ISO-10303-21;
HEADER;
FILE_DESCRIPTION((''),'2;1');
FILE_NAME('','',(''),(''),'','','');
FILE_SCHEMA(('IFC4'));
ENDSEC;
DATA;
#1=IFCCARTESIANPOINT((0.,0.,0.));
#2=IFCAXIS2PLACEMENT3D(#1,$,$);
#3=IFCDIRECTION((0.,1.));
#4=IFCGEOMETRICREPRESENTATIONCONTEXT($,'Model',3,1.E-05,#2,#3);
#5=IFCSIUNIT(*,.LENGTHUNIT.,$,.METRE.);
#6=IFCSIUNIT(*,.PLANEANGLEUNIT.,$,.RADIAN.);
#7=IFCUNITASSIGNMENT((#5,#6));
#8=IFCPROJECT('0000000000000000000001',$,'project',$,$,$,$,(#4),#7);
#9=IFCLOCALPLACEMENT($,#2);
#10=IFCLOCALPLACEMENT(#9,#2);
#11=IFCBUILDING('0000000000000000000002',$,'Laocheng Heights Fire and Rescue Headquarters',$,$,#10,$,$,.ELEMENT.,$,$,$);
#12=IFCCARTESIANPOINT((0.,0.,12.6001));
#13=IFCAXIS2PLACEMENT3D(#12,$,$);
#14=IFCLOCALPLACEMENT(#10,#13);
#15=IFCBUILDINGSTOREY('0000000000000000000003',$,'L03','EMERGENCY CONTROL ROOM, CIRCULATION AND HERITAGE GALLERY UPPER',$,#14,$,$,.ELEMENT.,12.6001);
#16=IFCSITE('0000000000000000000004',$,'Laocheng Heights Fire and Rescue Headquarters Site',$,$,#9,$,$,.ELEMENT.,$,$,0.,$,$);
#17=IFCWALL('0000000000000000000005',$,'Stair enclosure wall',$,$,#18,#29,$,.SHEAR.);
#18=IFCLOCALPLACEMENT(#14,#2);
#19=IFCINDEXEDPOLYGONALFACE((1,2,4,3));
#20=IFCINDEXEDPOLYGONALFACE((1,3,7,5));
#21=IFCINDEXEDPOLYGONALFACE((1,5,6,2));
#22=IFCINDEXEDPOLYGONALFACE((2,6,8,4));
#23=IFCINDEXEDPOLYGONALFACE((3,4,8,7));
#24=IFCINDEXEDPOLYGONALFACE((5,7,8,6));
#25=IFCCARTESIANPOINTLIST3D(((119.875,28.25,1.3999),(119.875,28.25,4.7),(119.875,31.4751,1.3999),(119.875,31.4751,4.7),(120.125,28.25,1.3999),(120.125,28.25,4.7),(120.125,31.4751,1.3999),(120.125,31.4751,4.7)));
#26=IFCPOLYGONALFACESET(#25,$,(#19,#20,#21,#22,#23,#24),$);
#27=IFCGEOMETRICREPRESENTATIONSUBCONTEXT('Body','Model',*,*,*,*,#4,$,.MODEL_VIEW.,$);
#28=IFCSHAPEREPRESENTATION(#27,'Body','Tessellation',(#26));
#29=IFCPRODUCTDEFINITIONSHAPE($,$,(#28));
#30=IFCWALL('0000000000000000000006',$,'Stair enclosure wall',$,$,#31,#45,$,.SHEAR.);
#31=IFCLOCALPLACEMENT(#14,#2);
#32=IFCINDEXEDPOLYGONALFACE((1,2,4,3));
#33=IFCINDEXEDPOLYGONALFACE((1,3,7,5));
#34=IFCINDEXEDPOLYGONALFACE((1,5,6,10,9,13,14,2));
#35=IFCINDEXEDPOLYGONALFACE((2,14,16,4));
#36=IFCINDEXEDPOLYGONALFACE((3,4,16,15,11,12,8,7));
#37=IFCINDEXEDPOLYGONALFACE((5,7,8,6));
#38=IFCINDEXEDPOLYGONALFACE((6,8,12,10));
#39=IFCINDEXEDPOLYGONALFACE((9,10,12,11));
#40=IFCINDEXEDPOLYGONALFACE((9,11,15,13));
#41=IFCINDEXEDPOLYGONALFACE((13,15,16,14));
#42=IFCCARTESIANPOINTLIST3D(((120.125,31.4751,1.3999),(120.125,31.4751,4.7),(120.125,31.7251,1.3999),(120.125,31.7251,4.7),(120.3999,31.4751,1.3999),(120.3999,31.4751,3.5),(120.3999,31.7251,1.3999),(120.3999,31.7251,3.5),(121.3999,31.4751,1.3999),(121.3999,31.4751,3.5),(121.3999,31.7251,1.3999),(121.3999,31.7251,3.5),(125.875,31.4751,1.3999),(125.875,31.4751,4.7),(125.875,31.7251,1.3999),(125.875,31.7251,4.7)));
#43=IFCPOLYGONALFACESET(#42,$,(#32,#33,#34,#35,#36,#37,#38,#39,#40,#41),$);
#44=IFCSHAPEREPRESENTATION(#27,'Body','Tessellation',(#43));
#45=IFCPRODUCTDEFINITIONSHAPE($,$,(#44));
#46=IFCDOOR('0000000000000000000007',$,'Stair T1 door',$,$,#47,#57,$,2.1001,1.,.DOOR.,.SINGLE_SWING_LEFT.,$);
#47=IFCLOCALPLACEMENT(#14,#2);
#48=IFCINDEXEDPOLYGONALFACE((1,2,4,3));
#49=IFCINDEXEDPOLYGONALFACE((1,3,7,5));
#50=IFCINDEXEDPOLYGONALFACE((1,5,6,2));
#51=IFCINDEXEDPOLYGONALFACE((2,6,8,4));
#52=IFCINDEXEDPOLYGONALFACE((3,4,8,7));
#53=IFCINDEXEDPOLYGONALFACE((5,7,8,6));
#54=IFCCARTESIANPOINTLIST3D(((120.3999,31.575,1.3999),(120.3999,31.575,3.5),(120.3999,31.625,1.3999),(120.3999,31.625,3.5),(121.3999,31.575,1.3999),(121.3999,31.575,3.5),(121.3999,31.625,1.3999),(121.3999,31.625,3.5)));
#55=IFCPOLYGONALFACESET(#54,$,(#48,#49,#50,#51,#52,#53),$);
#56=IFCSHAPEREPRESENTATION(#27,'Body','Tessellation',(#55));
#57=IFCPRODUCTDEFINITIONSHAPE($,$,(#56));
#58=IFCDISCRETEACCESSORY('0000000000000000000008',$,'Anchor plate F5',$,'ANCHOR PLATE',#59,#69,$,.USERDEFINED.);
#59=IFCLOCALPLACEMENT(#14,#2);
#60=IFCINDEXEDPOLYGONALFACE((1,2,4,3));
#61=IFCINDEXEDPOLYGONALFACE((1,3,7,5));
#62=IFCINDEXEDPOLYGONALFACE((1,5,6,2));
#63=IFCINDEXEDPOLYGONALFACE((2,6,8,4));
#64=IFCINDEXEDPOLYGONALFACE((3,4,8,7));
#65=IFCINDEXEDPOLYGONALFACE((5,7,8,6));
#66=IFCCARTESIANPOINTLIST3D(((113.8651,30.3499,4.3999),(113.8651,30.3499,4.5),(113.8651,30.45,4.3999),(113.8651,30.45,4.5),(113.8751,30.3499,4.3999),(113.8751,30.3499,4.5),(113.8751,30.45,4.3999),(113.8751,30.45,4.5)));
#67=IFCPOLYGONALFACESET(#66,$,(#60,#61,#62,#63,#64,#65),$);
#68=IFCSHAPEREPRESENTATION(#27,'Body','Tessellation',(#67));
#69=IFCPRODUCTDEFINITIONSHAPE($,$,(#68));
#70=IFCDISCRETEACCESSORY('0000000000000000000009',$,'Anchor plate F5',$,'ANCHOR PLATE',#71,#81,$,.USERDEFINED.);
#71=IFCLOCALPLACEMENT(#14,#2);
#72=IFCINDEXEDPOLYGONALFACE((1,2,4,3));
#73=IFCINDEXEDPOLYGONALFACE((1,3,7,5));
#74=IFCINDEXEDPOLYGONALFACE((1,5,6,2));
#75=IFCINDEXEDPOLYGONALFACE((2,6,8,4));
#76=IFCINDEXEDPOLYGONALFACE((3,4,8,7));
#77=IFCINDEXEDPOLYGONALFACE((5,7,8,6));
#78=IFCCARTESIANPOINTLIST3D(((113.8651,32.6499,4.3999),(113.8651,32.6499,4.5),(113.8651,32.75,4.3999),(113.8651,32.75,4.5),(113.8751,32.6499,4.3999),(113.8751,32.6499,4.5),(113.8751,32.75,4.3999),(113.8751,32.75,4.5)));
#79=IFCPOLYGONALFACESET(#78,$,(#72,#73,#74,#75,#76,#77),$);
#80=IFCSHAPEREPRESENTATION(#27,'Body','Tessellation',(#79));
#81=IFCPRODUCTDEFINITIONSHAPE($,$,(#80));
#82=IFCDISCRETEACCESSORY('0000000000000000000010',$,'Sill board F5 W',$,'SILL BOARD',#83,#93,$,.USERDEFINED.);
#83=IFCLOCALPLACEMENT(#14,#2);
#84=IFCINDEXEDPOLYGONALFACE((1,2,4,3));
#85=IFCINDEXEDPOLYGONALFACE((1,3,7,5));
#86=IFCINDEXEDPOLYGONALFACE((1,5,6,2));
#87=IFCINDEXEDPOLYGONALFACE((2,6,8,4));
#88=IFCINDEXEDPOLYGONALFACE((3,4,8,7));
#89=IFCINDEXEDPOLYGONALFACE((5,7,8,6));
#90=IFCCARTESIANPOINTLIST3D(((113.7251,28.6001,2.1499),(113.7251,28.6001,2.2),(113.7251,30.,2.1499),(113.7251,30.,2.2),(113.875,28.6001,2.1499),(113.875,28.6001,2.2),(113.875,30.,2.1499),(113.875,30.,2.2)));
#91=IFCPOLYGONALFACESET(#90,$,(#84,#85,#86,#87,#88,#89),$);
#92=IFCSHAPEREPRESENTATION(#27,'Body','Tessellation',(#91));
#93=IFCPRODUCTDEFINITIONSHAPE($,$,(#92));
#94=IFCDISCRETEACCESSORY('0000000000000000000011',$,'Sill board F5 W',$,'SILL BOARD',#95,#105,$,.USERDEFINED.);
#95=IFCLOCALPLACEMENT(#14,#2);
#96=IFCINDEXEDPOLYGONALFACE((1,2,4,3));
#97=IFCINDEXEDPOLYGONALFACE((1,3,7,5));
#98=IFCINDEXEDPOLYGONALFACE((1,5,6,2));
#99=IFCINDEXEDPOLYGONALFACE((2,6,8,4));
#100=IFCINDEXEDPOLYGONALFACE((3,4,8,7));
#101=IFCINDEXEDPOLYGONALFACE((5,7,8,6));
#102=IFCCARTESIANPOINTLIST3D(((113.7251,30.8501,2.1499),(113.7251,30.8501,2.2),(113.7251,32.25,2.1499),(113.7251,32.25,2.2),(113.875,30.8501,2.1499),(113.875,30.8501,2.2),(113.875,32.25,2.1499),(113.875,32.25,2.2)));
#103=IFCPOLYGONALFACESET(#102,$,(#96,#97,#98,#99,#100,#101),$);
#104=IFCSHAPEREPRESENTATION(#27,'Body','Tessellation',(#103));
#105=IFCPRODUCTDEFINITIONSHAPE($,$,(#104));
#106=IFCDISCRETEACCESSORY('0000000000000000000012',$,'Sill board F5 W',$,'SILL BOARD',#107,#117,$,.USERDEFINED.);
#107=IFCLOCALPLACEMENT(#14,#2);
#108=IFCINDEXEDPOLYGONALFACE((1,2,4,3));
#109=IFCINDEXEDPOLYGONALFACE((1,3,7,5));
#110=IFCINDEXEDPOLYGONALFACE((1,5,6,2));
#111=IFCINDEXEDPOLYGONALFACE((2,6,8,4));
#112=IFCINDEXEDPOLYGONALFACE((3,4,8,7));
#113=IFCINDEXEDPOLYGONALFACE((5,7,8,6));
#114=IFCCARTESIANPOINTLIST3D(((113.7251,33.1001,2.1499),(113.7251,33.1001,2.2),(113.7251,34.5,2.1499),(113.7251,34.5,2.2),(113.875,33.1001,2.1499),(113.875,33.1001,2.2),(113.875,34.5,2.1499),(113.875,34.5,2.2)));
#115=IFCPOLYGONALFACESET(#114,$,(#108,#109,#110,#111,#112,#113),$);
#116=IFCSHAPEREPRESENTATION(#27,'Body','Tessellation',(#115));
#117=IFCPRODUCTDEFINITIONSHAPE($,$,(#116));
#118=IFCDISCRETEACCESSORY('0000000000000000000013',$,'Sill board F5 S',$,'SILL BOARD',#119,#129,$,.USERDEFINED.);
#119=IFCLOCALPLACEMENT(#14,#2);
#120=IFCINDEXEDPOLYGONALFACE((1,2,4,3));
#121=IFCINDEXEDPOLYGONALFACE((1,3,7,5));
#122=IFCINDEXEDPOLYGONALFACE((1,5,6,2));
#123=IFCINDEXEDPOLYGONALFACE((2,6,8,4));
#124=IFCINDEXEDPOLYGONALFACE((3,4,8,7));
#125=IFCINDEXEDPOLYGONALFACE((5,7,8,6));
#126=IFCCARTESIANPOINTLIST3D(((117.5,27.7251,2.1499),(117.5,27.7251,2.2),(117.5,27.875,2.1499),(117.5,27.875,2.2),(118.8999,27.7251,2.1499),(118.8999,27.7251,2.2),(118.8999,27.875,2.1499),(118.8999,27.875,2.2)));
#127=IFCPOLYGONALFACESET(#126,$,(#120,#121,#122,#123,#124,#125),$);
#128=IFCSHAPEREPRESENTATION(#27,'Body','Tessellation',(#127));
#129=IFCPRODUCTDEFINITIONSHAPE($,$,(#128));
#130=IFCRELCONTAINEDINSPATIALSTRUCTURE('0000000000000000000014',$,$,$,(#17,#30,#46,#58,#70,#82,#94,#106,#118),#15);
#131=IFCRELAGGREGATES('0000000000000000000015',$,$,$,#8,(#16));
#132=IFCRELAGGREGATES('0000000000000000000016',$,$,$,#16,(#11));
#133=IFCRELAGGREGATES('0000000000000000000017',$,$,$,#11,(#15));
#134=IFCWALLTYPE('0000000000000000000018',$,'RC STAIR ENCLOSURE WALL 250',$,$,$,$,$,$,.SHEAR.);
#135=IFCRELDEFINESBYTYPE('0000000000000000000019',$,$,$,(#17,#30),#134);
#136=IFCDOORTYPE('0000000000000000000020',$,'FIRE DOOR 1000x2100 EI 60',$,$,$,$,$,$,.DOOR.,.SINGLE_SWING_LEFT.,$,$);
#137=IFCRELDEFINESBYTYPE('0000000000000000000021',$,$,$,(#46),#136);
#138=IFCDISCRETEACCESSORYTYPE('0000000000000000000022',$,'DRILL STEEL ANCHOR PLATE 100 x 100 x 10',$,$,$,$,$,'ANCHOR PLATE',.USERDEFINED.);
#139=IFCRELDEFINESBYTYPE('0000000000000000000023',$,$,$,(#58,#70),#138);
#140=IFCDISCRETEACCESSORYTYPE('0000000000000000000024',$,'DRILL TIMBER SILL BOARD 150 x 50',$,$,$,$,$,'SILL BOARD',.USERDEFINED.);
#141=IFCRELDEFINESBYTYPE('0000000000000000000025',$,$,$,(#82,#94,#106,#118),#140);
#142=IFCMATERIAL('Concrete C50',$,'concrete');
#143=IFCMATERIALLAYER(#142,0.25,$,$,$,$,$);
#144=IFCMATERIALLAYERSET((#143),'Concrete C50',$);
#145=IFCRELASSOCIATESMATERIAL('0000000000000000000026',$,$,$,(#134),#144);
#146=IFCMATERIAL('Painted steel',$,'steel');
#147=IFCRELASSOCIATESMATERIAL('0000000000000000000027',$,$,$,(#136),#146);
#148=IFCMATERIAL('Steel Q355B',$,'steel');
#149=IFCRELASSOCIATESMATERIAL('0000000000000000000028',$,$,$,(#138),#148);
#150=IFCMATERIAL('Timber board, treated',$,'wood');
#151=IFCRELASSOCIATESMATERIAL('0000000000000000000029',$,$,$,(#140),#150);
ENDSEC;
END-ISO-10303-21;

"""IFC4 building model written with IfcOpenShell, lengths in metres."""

from ifc_helpers import new_model, si_unit, direction, frame, frame_2d, origin, origin_2d, place, context, subcontext, project, spatial, rectangle, extrude, material, layer, layer_set, type_object, element, fill, save


model = new_model("IFC4")

# Units and contexts
model_context = context("Model", 3, precision=1e-05, world=origin(), true_north=direction((0.0, 1.0)))
body_context = subcontext(model_context, "Body", "Model", "MODEL_VIEW")
ifc_project = project(units=[si_unit("LENGTHUNIT", "METRE"), si_unit("PLANEANGLEUNIT", "RADIAN")], contexts=[model_context])

# Site, building, storey
site_placement = place(None, origin())
site = spatial("IfcSite", under=ifc_project, at=site_placement, Name="Laocheng Heights Fire and Rescue Headquarters Site", CompositionType="ELEMENT", RefElevation=0.0)
building_placement = place(site_placement, origin())
building = spatial("IfcBuilding", under=site, at=building_placement, Name="Laocheng Heights Fire and Rescue Headquarters", CompositionType="ELEMENT")
storey_placement = place(building_placement, frame((0.0, 0.0, 12.6001)))
storey = spatial("IfcBuildingStorey", under=building, at=storey_placement, Name="L03", Description="EMERGENCY CONTROL ROOM, CIRCULATION AND HERITAGE GALLERY UPPER", CompositionType="ELEMENT", Elevation=12.6001)

# Wall
ifc_material_1 = material(Name="Concrete C50", Category="concrete")
ifc_layer_1 = layer(ifc_material_1, 0.25)
ifc_layer_set_1 = layer_set([ifc_layer_1], Name="Concrete C50")
wall_type_1 = type_object("IfcWallType", Name="RC STAIR ENCLOSURE WALL 250", PredefinedType="SHEAR", material=ifc_layer_set_1)
wall_1_placement = place(storey_placement, frame((120.0, 28.25, 1.3999), z_axis=(0.0, 0.0, 1.0), x_axis=(0.0, 1.0, 0.0)))
element("IfcWall", 1, at=wall_1_placement, inside=storey, type_object=wall_type_1, Name="Stair enclosure wall", PredefinedType="SHEAR", context=body_context, shape_type="SweptSolid", body=[
    extrude(rectangle(XDim=3.2251, YDim=0.25, at=frame_2d((1.6125, 0.0))), origin(), (0.0, 0.0, 1.0), 3.3),
])

# Wall, opening, door
wall_2_placement = place(storey_placement, frame((120.125, 31.6001, 1.3999), z_axis=(0.0, 0.0, 1.0), x_axis=(1.0, 0.0, 0.0)))
wall_2 = element("IfcWall", 2, at=wall_2_placement, inside=storey, type_object=wall_type_1, Name="Stair enclosure wall", PredefinedType="SHEAR", context=body_context, shape_type="SweptSolid", body=[
    extrude(rectangle(XDim=5.75, YDim=0.25, at=frame_2d((2.875, 0.0))), origin(), (0.0, 0.0, 1.0), 3.3),
])
opening_1_placement = place(wall_2_placement, frame((0.2749, 0.0, 0.0)))
opening_1 = element("IfcOpeningElement", 3, at=opening_1_placement, cuts=wall_2, PredefinedType="OPENING", context=body_context, shape_type="SweptSolid", body=[
    extrude(rectangle(XDim=1.0, YDim=2.1001, at=frame_2d((0.5, 1.05))), frame((0.0, 0.135, 0.0), z_axis=(0.0, -1.0, 0.0), x_axis=(1.0, 0.0, 0.0)), (0.0, 0.0, 1.0), 0.27),
])
ifc_material_2 = material(Name="Painted steel", Category="steel")
door_type_1 = type_object("IfcDoorType", Name="FIRE DOOR 1000x2100 EI 60", OperationType="SINGLE_SWING_LEFT", PredefinedType="DOOR", material=ifc_material_2)
door_1_placement = place(opening_1_placement, origin())
door_1 = element("IfcDoor", 4, at=door_1_placement, inside=storey, type_object=door_type_1, Name="Stair T1 door", OperationType="SINGLE_SWING_LEFT", OverallHeight=2.1001, OverallWidth=1.0, PredefinedType="DOOR", context=body_context, shape_type="SweptSolid", body=[
    extrude(rectangle(XDim=1.0, YDim=2.1001, at=frame_2d((0.5, 1.05))), frame((0.0, 0.0249, 0.0), z_axis=(0.0, -1.0, 0.0), x_axis=(1.0, 0.0, 0.0)), (0.0, 0.0, 1.0), 0.05),
])
fill(opening_1, door_1)

# Discrete accessories
ifc_material_3 = material(Name="Steel Q355B", Category="steel")
discrete_accessory_type_1 = type_object("IfcDiscreteAccessoryType", Name="DRILL STEEL ANCHOR PLATE 100 x 100 x 10", ElementType="ANCHOR PLATE", PredefinedType="USERDEFINED", material=ifc_material_3)
for number, where, z_axis, x_axis, name in (
    (5, (113.8701, 30.3999, 4.3999), (0.0, 0.0, 1.0), (1.0, 0.0, 0.0), "Anchor plate F5"),
    (6, (113.8701, 32.7, 4.3999), (0.0, 0.0, 1.0), (1.0, 0.0, 0.0), "Anchor plate F5"),
):
    element("IfcDiscreteAccessory", number, at=place(storey_placement, frame(where, z_axis=z_axis, x_axis=x_axis)), inside=storey, type_object=discrete_accessory_type_1, Name=name, ObjectType="ANCHOR PLATE", PredefinedType="USERDEFINED", context=body_context, shape_type="SweptSolid", body=[
        extrude(rectangle(XDim=0.01, YDim=0.1001, at=origin_2d()), origin(), (0.0, 0.0, 1.0), 0.1001),
    ])
ifc_material_4 = material(Name="Timber board, treated", Category="wood")
discrete_accessory_type_2 = type_object("IfcDiscreteAccessoryType", Name="DRILL TIMBER SILL BOARD 150 x 50", ElementType="SILL BOARD", PredefinedType="USERDEFINED", material=ifc_material_4)
for number, where, z_axis, x_axis, name in (
    (7, (113.8, 29.3, 2.1499), (0.0, 0.0, 1.0), (1.0, 0.0, 0.0), "Sill board F5 W"),
    (8, (113.8, 31.55, 2.1499), (0.0, 0.0, 1.0), (1.0, 0.0, 0.0), "Sill board F5 W"),
    (9, (113.8, 33.8, 2.1499), (0.0, 0.0, 1.0), (1.0, 0.0, 0.0), "Sill board F5 W"),
):
    element("IfcDiscreteAccessory", number, at=place(storey_placement, frame(where, z_axis=z_axis, x_axis=x_axis)), inside=storey, type_object=discrete_accessory_type_2, Name=name, ObjectType="SILL BOARD", PredefinedType="USERDEFINED", context=body_context, shape_type="SweptSolid", body=[
        extrude(rectangle(XDim=0.1499, YDim=1.3999, at=origin_2d()), origin(), (0.0, 0.0, 1.0), 0.05),
    ])
discrete_accessory_placement = place(storey_placement, frame((118.2, 27.8, 2.1499), z_axis=(0.0, 0.0, 1.0), x_axis=(1.0, 0.0, 0.0)))
element("IfcDiscreteAccessory", 10, at=discrete_accessory_placement, inside=storey, type_object=discrete_accessory_type_2, Name="Sill board F5 S", ObjectType="SILL BOARD", PredefinedType="USERDEFINED", context=body_context, shape_type="SweptSolid", body=[
    extrude(rectangle(XDim=1.3999, YDim=0.1499, at=origin_2d()), origin(), (0.0, 0.0, 1.0), 0.05),
])

save(model, "model.ifc")
